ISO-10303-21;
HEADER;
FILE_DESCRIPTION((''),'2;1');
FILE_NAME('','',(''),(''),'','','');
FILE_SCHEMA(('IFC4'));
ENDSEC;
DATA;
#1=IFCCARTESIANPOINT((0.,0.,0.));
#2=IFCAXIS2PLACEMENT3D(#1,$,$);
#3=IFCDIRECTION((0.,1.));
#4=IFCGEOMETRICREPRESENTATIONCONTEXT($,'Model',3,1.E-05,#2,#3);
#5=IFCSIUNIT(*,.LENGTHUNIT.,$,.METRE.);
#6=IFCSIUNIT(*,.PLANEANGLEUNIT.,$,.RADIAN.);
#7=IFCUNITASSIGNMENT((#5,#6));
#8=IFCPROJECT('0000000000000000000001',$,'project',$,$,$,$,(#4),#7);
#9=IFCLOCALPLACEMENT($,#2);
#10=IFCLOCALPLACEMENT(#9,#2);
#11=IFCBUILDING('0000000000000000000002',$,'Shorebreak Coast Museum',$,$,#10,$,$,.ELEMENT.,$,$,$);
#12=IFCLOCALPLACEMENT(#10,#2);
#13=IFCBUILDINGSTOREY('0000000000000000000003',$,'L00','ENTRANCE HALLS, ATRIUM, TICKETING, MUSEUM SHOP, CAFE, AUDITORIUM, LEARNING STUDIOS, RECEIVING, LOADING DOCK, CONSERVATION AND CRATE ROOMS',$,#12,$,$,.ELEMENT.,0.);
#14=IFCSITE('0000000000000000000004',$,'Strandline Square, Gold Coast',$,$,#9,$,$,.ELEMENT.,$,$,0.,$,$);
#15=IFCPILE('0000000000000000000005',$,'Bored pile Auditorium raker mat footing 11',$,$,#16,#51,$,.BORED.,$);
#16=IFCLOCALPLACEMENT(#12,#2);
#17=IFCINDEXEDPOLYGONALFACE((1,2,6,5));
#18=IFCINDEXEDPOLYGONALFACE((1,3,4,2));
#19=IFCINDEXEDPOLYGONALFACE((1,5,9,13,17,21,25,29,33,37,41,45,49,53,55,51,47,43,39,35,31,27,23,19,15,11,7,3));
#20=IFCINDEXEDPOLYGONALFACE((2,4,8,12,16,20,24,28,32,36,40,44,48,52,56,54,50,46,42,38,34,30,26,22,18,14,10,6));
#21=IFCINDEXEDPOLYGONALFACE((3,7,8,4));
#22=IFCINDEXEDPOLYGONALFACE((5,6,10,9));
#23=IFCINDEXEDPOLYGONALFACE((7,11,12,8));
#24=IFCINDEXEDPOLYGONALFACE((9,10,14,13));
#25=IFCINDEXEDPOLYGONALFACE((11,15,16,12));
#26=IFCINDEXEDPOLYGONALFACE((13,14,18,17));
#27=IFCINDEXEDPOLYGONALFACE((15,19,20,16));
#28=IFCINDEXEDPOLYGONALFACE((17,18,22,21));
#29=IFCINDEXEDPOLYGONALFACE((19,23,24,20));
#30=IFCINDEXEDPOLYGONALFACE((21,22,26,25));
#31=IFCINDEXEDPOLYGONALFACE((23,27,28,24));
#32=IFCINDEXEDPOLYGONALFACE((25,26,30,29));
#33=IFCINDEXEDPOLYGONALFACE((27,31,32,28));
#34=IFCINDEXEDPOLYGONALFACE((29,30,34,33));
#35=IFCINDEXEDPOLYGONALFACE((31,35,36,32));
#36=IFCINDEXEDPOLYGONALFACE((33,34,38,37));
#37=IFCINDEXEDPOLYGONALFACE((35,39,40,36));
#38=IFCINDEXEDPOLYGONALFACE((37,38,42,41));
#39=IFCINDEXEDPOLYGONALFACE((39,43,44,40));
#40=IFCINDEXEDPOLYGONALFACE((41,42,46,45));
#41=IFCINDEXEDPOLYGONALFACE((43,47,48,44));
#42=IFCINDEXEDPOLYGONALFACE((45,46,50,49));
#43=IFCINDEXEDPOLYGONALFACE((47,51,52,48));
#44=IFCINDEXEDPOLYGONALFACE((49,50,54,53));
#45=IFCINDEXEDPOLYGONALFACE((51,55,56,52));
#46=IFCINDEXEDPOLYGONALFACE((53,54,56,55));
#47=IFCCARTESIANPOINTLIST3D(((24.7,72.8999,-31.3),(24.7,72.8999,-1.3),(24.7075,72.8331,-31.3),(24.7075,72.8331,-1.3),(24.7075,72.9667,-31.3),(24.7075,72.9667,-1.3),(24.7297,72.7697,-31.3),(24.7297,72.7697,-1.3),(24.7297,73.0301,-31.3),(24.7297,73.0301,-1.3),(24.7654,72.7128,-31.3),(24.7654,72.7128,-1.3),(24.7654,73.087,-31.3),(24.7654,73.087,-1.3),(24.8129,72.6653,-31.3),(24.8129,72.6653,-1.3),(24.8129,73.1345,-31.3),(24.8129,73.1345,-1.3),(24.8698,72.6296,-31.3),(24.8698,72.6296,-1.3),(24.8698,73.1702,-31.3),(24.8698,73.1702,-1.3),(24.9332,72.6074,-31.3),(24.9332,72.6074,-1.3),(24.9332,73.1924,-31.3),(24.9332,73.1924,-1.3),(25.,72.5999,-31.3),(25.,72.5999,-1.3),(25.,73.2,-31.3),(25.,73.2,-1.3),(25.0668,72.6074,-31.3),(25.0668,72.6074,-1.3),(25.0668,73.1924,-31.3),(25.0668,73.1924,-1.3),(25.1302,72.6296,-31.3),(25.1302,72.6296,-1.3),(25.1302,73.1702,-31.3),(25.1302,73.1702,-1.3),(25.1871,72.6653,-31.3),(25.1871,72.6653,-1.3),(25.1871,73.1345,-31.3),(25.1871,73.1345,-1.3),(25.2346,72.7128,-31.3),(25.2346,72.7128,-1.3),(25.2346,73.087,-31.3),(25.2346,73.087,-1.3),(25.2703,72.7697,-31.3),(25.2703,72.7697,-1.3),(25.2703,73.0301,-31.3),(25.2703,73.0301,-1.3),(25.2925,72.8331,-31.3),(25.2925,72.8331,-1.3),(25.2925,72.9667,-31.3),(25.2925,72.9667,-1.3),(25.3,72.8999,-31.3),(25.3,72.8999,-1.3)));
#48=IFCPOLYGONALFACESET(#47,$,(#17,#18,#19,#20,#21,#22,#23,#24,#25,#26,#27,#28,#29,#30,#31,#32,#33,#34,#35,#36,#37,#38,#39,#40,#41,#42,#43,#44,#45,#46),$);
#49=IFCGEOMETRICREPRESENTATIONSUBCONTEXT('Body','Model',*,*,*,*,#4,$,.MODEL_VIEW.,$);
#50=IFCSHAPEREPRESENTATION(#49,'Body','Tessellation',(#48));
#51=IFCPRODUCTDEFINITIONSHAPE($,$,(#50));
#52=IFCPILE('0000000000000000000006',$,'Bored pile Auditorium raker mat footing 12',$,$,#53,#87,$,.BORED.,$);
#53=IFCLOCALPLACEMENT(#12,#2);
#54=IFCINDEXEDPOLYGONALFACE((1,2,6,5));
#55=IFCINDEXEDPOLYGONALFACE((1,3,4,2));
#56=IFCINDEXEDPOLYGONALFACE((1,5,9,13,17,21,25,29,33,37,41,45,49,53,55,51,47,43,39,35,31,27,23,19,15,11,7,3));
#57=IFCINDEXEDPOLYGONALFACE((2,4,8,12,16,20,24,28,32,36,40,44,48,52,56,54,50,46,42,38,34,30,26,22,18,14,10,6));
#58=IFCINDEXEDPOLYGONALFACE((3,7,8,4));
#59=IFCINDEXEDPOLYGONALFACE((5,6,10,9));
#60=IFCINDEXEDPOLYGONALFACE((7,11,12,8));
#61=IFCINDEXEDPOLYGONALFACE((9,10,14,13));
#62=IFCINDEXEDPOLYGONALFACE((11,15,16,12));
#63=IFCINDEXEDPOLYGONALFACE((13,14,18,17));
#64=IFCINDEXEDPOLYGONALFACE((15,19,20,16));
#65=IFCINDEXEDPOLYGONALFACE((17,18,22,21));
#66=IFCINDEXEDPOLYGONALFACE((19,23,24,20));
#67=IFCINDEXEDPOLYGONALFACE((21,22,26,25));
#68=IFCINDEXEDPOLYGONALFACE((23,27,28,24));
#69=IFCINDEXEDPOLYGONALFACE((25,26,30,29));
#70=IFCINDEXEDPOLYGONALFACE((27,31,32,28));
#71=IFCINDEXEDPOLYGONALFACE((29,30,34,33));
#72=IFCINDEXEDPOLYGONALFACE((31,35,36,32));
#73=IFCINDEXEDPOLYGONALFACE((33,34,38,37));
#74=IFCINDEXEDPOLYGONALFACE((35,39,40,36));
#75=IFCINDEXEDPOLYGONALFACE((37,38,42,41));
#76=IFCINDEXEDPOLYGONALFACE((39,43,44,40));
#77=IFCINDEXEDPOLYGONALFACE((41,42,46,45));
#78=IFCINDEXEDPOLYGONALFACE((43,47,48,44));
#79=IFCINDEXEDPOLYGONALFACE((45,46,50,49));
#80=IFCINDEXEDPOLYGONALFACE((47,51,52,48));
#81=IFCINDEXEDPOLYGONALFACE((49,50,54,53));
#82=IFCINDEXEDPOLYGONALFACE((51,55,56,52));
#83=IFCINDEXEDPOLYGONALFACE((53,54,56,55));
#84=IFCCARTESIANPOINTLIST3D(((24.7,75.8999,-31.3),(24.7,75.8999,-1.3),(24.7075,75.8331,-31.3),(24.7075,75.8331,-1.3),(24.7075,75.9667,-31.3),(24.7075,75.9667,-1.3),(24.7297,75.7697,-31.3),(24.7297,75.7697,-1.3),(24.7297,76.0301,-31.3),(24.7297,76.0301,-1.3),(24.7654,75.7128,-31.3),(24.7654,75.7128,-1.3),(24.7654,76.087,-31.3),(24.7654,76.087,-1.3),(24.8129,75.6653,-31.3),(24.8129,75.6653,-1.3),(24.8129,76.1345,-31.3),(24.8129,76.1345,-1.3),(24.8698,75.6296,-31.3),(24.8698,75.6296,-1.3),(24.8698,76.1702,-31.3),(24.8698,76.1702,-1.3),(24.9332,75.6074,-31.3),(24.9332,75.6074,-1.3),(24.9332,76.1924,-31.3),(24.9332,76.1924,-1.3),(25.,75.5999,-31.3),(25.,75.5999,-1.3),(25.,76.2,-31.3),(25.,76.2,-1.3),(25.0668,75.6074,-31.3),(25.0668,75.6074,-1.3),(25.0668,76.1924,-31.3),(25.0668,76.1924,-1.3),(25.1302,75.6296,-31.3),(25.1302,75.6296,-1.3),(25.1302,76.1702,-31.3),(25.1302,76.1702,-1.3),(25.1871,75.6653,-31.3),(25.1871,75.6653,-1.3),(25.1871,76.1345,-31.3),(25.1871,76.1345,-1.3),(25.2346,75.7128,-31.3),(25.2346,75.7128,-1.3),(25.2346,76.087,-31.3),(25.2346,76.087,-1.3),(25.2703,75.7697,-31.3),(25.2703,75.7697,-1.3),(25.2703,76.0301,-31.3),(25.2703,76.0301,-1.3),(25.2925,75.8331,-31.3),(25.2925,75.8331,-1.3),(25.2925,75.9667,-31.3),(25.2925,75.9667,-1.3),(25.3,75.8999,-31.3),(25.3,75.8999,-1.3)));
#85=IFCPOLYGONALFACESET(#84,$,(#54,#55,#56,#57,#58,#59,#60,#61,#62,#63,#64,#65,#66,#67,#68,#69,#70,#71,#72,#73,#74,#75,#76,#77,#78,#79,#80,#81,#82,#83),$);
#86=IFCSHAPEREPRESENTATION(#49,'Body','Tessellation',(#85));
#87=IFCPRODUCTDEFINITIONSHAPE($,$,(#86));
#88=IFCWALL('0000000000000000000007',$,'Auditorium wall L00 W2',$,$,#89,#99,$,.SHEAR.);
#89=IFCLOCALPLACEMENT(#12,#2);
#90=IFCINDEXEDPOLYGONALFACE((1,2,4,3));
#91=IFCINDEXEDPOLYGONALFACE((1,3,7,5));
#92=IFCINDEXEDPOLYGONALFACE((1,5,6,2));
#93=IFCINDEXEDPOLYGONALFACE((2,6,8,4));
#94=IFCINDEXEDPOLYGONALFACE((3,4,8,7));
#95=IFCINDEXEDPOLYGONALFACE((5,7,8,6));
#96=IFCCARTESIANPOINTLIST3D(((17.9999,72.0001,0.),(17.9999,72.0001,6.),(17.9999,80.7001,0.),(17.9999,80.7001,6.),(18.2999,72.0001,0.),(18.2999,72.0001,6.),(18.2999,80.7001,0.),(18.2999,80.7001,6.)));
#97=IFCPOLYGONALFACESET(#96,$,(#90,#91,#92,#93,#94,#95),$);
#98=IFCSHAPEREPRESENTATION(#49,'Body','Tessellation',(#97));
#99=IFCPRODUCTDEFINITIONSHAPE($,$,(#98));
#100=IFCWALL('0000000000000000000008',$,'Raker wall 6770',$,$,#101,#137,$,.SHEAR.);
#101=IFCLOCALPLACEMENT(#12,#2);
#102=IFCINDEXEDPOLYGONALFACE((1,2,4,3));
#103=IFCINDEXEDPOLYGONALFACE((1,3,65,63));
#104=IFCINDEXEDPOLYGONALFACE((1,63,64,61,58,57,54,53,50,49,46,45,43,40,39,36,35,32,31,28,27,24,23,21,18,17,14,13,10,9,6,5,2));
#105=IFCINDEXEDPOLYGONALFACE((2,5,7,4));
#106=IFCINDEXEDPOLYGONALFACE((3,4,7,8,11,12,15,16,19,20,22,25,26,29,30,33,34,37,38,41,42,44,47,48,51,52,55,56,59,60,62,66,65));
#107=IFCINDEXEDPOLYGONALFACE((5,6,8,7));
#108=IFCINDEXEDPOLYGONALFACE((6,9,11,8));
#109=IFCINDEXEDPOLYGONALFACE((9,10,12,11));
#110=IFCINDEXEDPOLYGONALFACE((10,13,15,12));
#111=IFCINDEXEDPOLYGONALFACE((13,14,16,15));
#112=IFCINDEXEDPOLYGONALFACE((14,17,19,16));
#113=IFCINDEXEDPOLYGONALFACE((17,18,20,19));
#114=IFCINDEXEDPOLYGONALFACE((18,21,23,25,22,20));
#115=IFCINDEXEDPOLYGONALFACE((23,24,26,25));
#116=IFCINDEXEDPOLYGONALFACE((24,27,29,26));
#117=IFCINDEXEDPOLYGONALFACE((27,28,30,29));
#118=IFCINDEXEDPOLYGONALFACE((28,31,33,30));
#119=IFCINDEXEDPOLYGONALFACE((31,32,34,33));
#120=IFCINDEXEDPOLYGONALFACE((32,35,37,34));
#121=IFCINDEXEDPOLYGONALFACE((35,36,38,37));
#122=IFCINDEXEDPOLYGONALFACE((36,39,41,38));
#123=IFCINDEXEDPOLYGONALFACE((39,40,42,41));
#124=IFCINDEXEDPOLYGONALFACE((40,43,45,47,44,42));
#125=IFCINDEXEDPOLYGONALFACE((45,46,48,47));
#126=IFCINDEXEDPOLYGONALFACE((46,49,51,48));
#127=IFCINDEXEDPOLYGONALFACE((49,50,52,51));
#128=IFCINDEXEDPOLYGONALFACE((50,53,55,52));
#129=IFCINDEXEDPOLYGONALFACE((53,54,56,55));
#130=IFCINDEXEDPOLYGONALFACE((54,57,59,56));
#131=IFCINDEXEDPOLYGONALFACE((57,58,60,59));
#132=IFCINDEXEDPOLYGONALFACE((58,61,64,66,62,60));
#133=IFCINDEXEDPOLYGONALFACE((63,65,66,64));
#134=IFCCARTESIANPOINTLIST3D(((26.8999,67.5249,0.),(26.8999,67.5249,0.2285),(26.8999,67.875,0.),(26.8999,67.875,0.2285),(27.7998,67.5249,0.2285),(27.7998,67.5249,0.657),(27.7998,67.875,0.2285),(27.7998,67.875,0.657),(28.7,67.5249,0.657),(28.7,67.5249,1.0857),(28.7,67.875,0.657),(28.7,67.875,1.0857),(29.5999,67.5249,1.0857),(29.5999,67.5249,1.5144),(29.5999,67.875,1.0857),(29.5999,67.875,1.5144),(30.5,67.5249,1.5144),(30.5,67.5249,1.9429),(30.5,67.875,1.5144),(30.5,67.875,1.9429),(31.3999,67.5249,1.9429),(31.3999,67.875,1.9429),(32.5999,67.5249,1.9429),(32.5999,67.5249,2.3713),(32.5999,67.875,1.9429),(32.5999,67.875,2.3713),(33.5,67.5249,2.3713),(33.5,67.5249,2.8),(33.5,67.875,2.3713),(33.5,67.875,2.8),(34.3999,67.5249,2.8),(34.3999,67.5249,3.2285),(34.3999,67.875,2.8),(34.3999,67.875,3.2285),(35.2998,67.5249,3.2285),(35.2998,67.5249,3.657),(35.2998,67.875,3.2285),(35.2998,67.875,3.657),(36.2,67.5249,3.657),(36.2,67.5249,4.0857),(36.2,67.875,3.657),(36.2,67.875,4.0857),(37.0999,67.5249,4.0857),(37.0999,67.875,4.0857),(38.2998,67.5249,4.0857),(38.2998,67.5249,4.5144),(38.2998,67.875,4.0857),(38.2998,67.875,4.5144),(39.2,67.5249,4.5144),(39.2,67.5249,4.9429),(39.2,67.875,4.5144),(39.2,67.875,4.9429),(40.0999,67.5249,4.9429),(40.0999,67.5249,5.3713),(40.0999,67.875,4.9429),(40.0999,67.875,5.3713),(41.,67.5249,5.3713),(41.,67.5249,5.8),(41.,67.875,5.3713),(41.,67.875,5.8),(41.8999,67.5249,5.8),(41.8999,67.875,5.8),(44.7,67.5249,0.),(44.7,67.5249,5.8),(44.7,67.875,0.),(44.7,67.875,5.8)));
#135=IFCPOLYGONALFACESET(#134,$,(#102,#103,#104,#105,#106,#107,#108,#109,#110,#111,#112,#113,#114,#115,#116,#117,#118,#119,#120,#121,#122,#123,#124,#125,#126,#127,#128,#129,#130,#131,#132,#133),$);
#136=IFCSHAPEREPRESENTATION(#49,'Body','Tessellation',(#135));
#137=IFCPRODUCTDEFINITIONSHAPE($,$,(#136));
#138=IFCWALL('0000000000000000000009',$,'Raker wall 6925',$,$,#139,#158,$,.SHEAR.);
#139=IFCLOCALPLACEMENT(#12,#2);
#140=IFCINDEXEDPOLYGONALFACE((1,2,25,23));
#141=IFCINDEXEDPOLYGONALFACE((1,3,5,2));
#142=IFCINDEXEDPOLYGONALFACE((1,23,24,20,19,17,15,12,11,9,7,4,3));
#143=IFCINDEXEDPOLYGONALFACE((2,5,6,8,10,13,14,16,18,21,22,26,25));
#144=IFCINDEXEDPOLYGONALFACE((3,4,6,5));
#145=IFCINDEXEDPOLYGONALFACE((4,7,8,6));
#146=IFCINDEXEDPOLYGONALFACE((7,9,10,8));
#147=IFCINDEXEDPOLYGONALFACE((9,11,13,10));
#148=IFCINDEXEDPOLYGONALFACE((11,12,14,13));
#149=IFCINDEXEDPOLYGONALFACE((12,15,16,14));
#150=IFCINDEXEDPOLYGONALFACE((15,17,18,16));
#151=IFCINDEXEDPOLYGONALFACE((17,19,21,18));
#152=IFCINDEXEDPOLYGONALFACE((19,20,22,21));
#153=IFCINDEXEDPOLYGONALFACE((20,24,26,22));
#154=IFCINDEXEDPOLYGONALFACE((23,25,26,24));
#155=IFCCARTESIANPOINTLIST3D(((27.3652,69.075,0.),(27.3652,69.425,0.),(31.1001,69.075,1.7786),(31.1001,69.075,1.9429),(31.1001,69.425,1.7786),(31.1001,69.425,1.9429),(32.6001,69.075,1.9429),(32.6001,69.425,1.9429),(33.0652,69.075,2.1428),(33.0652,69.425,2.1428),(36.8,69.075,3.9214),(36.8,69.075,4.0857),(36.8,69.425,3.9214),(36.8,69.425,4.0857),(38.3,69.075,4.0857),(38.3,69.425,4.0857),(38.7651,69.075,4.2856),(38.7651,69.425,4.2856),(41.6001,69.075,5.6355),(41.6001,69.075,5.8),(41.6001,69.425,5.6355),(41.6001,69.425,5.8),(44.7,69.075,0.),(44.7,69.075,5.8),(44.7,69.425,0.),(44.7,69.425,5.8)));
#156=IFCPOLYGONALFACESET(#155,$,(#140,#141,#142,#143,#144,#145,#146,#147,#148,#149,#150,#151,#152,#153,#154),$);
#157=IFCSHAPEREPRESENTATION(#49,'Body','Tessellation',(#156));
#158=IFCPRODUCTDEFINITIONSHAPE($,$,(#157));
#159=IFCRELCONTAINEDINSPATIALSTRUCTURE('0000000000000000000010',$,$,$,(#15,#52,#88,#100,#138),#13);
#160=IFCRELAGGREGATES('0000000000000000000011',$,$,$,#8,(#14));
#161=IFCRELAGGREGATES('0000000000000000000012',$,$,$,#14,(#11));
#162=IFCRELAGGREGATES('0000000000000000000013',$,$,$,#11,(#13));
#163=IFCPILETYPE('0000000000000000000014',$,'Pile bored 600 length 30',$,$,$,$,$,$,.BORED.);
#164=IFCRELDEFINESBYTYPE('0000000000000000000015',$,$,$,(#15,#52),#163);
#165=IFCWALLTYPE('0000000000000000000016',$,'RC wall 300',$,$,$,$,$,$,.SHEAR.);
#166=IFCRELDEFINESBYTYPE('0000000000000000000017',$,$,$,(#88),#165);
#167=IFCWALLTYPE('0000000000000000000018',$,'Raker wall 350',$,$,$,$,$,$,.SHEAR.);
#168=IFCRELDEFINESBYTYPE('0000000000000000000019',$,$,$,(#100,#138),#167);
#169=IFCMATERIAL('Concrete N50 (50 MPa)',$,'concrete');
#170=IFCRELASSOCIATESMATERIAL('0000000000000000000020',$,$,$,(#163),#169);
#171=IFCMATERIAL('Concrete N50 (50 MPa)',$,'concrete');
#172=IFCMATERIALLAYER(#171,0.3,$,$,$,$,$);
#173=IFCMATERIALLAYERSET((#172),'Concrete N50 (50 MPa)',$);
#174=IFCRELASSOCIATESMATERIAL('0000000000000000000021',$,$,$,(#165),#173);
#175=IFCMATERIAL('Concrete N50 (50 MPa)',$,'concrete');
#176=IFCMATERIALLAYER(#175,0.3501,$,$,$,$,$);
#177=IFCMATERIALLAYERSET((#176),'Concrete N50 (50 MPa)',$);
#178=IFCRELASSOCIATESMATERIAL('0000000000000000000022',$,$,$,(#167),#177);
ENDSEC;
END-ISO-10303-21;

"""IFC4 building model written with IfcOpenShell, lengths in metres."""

from ifc_helpers import new_model, si_unit, direction, frame, frame_2d, origin, origin_2d, place, context, subcontext, project, spatial, polyline, rectangle, circle, outline, extrude, material, layer, layer_set, material_profile, profile_set, type_object, element, save


model = new_model("IFC4")

# Units and contexts
model_context = context("Model", 3, precision=1e-05, world=origin(), true_north=direction((0.0, 1.0)))
body_context = subcontext(model_context, "Body", "Model", "MODEL_VIEW")
ifc_project = project(units=[si_unit("LENGTHUNIT", "METRE"), si_unit("PLANEANGLEUNIT", "RADIAN")], contexts=[model_context])

# Site, building, storey
site_placement = place(None, origin())
site = spatial("IfcSite", under=ifc_project, at=site_placement, Name="Strandline Square, Gold Coast", CompositionType="ELEMENT", RefElevation=0.0)
building_placement = place(site_placement, origin())
building = spatial("IfcBuilding", under=site, at=building_placement, Name="Shorebreak Coast Museum", CompositionType="ELEMENT")
storey_placement = place(building_placement, origin())
storey = spatial("IfcBuildingStorey", under=building, at=storey_placement, Name="L00", Description="ENTRANCE HALLS, ATRIUM, TICKETING, MUSEUM SHOP, CAFE, AUDITORIUM, LEARNING STUDIOS, RECEIVING, LOADING DOCK, CONSERVATION AND CRATE ROOMS", CompositionType="ELEMENT", Elevation=0.0)

# Piles
ifc_material_1 = material(Name="Concrete N50 (50 MPa)", Category="concrete")
ifc_material_profile_1 = material_profile(ifc_material_1, circle(Radius=0.3, at=origin_2d()), Name="Pile bored 600 length 30")
ifc_profile_set_1 = profile_set([ifc_material_profile_1], Name="Concrete N50 (50 MPa)")
pile_type_1 = type_object("IfcPileType", Name="Pile bored 600 length 30", PredefinedType="BORED", material=ifc_profile_set_1)
for number, where, z_axis, x_axis, name in (
    (1, (25.0, 72.8999, -1.3), (0.0, 0.0, -1.0), (1.0, 0.0, 0.0), "Bored pile Auditorium raker mat footing 11"),
    (2, (25.0, 75.8999, -1.3), (0.0, 0.0, -1.0), (1.0, 0.0, 0.0), "Bored pile Auditorium raker mat footing 12"),
):
    element("IfcPile", number, at=place(storey_placement, frame(where, z_axis=z_axis, x_axis=x_axis)), inside=storey, type_object=pile_type_1, Name=name, PredefinedType="BORED", context=body_context, shape_type="SweptSolid", body=[
        extrude(circle(Radius=0.3, at=origin_2d()), origin(), (0.0, 0.0, 1.0), 30.0),
    ])

# Walls
ifc_material_2 = material(Name="Concrete N50 (50 MPa)", Category="concrete")
ifc_layer_1 = layer(ifc_material_2, 0.3)
ifc_layer_set_1 = layer_set([ifc_layer_1], Name="Concrete N50 (50 MPa)")
wall_type_1 = type_object("IfcWallType", Name="RC wall 300", PredefinedType="SHEAR", material=ifc_layer_set_1)
wall_1_placement = place(storey_placement, frame((18.1499, 72.0, 0.0), z_axis=(0.0, 0.0, 1.0), x_axis=(0.0, 1.0, 0.0)))
element("IfcWall", 3, at=wall_1_placement, inside=storey, type_object=wall_type_1, Name="Auditorium wall L00 W2", PredefinedType="SHEAR", context=body_context, shape_type="SweptSolid", body=[
    extrude(rectangle(XDim=8.7, YDim=0.3, at=frame_2d((4.3501, 0.0))), origin(), (0.0, 0.0, 1.0), 6.0),
])
ifc_material_3 = material(Name="Concrete N50 (50 MPa)", Category="concrete")
ifc_layer_2 = layer(ifc_material_3, 0.3501)
ifc_layer_set_2 = layer_set([ifc_layer_2], Name="Concrete N50 (50 MPa)")
wall_type_2 = type_object("IfcWallType", Name="Raker wall 350", PredefinedType="SHEAR", material=ifc_layer_set_2)
wall_2_placement = place(storey_placement, frame((26.8999, 67.7, 0.0), z_axis=(0.0, 0.0, 1.0), x_axis=(1.0, 0.0, 0.0)))
element("IfcWall", 4, at=wall_2_placement, inside=storey, type_object=wall_type_2, Name="Raker wall 6770", PredefinedType="SHEAR", context=body_context, shape_type="SweptSolid", body=[
    extrude(outline(polyline([(0.0, 0.0), (17.8, 0.0), (17.8, 5.8), (15.0, 5.8), (14.1001, 5.8), (14.1001, 5.3713), (13.2, 5.3713), (13.2, 4.9429), (12.3, 4.9429), (12.3, 4.5144), (11.3999, 4.5144), (11.3999, 4.0857), (10.2, 4.0857), (9.3, 4.0857), (9.3, 3.657), (8.3999, 3.657), (8.3999, 3.2285), (7.5, 3.2285), (7.5, 2.8), (6.6001, 2.8), (6.6001, 2.3713), (5.7, 2.3713), (5.7, 1.9429), (4.5, 1.9429), (3.6001, 1.9429), (3.6001, 1.5144), (2.7, 1.5144), (2.7, 1.0857), (1.8, 1.0857), (1.8, 0.657), (0.8999, 0.657), (0.8999, 0.2285), (0.0, 0.2285), (0.0, 0.0)])), frame((0.0, 0.175, 0.0), z_axis=(0.0, -1.0, 0.0), x_axis=(1.0, 0.0, 0.0)), (0.0, 0.0, 1.0), 0.3501),
])
wall_3_placement = place(storey_placement, frame((27.3652, 69.25, 0.0), z_axis=(0.0, 0.0, 1.0), x_axis=(1.0, 0.0, 0.0)))
element("IfcWall", 5, at=wall_3_placement, inside=storey, type_object=wall_type_2, Name="Raker wall 6925", PredefinedType="SHEAR", context=body_context, shape_type="SweptSolid", body=[
    extrude(outline(polyline([(0.0, 0.0), (17.3347, 0.0), (17.3347, 5.8), (14.2349, 5.8), (14.2349, 5.6355), (11.3999, 4.2856), (10.9348, 4.0857), (9.4348, 4.0857), (9.4348, 3.9214), (5.7, 2.1428), (5.2349, 1.9429), (3.7349, 1.9429), (3.7349, 1.7786), (0.0, 0.0), (0.0, 0.0)])), frame((0.0, 0.175, 0.0), z_axis=(0.0, -1.0, 0.0), x_axis=(1.0, 0.0, 0.0)), (0.0, 0.0, 1.0), 0.3501),
])

save(model, "model.ifc")
